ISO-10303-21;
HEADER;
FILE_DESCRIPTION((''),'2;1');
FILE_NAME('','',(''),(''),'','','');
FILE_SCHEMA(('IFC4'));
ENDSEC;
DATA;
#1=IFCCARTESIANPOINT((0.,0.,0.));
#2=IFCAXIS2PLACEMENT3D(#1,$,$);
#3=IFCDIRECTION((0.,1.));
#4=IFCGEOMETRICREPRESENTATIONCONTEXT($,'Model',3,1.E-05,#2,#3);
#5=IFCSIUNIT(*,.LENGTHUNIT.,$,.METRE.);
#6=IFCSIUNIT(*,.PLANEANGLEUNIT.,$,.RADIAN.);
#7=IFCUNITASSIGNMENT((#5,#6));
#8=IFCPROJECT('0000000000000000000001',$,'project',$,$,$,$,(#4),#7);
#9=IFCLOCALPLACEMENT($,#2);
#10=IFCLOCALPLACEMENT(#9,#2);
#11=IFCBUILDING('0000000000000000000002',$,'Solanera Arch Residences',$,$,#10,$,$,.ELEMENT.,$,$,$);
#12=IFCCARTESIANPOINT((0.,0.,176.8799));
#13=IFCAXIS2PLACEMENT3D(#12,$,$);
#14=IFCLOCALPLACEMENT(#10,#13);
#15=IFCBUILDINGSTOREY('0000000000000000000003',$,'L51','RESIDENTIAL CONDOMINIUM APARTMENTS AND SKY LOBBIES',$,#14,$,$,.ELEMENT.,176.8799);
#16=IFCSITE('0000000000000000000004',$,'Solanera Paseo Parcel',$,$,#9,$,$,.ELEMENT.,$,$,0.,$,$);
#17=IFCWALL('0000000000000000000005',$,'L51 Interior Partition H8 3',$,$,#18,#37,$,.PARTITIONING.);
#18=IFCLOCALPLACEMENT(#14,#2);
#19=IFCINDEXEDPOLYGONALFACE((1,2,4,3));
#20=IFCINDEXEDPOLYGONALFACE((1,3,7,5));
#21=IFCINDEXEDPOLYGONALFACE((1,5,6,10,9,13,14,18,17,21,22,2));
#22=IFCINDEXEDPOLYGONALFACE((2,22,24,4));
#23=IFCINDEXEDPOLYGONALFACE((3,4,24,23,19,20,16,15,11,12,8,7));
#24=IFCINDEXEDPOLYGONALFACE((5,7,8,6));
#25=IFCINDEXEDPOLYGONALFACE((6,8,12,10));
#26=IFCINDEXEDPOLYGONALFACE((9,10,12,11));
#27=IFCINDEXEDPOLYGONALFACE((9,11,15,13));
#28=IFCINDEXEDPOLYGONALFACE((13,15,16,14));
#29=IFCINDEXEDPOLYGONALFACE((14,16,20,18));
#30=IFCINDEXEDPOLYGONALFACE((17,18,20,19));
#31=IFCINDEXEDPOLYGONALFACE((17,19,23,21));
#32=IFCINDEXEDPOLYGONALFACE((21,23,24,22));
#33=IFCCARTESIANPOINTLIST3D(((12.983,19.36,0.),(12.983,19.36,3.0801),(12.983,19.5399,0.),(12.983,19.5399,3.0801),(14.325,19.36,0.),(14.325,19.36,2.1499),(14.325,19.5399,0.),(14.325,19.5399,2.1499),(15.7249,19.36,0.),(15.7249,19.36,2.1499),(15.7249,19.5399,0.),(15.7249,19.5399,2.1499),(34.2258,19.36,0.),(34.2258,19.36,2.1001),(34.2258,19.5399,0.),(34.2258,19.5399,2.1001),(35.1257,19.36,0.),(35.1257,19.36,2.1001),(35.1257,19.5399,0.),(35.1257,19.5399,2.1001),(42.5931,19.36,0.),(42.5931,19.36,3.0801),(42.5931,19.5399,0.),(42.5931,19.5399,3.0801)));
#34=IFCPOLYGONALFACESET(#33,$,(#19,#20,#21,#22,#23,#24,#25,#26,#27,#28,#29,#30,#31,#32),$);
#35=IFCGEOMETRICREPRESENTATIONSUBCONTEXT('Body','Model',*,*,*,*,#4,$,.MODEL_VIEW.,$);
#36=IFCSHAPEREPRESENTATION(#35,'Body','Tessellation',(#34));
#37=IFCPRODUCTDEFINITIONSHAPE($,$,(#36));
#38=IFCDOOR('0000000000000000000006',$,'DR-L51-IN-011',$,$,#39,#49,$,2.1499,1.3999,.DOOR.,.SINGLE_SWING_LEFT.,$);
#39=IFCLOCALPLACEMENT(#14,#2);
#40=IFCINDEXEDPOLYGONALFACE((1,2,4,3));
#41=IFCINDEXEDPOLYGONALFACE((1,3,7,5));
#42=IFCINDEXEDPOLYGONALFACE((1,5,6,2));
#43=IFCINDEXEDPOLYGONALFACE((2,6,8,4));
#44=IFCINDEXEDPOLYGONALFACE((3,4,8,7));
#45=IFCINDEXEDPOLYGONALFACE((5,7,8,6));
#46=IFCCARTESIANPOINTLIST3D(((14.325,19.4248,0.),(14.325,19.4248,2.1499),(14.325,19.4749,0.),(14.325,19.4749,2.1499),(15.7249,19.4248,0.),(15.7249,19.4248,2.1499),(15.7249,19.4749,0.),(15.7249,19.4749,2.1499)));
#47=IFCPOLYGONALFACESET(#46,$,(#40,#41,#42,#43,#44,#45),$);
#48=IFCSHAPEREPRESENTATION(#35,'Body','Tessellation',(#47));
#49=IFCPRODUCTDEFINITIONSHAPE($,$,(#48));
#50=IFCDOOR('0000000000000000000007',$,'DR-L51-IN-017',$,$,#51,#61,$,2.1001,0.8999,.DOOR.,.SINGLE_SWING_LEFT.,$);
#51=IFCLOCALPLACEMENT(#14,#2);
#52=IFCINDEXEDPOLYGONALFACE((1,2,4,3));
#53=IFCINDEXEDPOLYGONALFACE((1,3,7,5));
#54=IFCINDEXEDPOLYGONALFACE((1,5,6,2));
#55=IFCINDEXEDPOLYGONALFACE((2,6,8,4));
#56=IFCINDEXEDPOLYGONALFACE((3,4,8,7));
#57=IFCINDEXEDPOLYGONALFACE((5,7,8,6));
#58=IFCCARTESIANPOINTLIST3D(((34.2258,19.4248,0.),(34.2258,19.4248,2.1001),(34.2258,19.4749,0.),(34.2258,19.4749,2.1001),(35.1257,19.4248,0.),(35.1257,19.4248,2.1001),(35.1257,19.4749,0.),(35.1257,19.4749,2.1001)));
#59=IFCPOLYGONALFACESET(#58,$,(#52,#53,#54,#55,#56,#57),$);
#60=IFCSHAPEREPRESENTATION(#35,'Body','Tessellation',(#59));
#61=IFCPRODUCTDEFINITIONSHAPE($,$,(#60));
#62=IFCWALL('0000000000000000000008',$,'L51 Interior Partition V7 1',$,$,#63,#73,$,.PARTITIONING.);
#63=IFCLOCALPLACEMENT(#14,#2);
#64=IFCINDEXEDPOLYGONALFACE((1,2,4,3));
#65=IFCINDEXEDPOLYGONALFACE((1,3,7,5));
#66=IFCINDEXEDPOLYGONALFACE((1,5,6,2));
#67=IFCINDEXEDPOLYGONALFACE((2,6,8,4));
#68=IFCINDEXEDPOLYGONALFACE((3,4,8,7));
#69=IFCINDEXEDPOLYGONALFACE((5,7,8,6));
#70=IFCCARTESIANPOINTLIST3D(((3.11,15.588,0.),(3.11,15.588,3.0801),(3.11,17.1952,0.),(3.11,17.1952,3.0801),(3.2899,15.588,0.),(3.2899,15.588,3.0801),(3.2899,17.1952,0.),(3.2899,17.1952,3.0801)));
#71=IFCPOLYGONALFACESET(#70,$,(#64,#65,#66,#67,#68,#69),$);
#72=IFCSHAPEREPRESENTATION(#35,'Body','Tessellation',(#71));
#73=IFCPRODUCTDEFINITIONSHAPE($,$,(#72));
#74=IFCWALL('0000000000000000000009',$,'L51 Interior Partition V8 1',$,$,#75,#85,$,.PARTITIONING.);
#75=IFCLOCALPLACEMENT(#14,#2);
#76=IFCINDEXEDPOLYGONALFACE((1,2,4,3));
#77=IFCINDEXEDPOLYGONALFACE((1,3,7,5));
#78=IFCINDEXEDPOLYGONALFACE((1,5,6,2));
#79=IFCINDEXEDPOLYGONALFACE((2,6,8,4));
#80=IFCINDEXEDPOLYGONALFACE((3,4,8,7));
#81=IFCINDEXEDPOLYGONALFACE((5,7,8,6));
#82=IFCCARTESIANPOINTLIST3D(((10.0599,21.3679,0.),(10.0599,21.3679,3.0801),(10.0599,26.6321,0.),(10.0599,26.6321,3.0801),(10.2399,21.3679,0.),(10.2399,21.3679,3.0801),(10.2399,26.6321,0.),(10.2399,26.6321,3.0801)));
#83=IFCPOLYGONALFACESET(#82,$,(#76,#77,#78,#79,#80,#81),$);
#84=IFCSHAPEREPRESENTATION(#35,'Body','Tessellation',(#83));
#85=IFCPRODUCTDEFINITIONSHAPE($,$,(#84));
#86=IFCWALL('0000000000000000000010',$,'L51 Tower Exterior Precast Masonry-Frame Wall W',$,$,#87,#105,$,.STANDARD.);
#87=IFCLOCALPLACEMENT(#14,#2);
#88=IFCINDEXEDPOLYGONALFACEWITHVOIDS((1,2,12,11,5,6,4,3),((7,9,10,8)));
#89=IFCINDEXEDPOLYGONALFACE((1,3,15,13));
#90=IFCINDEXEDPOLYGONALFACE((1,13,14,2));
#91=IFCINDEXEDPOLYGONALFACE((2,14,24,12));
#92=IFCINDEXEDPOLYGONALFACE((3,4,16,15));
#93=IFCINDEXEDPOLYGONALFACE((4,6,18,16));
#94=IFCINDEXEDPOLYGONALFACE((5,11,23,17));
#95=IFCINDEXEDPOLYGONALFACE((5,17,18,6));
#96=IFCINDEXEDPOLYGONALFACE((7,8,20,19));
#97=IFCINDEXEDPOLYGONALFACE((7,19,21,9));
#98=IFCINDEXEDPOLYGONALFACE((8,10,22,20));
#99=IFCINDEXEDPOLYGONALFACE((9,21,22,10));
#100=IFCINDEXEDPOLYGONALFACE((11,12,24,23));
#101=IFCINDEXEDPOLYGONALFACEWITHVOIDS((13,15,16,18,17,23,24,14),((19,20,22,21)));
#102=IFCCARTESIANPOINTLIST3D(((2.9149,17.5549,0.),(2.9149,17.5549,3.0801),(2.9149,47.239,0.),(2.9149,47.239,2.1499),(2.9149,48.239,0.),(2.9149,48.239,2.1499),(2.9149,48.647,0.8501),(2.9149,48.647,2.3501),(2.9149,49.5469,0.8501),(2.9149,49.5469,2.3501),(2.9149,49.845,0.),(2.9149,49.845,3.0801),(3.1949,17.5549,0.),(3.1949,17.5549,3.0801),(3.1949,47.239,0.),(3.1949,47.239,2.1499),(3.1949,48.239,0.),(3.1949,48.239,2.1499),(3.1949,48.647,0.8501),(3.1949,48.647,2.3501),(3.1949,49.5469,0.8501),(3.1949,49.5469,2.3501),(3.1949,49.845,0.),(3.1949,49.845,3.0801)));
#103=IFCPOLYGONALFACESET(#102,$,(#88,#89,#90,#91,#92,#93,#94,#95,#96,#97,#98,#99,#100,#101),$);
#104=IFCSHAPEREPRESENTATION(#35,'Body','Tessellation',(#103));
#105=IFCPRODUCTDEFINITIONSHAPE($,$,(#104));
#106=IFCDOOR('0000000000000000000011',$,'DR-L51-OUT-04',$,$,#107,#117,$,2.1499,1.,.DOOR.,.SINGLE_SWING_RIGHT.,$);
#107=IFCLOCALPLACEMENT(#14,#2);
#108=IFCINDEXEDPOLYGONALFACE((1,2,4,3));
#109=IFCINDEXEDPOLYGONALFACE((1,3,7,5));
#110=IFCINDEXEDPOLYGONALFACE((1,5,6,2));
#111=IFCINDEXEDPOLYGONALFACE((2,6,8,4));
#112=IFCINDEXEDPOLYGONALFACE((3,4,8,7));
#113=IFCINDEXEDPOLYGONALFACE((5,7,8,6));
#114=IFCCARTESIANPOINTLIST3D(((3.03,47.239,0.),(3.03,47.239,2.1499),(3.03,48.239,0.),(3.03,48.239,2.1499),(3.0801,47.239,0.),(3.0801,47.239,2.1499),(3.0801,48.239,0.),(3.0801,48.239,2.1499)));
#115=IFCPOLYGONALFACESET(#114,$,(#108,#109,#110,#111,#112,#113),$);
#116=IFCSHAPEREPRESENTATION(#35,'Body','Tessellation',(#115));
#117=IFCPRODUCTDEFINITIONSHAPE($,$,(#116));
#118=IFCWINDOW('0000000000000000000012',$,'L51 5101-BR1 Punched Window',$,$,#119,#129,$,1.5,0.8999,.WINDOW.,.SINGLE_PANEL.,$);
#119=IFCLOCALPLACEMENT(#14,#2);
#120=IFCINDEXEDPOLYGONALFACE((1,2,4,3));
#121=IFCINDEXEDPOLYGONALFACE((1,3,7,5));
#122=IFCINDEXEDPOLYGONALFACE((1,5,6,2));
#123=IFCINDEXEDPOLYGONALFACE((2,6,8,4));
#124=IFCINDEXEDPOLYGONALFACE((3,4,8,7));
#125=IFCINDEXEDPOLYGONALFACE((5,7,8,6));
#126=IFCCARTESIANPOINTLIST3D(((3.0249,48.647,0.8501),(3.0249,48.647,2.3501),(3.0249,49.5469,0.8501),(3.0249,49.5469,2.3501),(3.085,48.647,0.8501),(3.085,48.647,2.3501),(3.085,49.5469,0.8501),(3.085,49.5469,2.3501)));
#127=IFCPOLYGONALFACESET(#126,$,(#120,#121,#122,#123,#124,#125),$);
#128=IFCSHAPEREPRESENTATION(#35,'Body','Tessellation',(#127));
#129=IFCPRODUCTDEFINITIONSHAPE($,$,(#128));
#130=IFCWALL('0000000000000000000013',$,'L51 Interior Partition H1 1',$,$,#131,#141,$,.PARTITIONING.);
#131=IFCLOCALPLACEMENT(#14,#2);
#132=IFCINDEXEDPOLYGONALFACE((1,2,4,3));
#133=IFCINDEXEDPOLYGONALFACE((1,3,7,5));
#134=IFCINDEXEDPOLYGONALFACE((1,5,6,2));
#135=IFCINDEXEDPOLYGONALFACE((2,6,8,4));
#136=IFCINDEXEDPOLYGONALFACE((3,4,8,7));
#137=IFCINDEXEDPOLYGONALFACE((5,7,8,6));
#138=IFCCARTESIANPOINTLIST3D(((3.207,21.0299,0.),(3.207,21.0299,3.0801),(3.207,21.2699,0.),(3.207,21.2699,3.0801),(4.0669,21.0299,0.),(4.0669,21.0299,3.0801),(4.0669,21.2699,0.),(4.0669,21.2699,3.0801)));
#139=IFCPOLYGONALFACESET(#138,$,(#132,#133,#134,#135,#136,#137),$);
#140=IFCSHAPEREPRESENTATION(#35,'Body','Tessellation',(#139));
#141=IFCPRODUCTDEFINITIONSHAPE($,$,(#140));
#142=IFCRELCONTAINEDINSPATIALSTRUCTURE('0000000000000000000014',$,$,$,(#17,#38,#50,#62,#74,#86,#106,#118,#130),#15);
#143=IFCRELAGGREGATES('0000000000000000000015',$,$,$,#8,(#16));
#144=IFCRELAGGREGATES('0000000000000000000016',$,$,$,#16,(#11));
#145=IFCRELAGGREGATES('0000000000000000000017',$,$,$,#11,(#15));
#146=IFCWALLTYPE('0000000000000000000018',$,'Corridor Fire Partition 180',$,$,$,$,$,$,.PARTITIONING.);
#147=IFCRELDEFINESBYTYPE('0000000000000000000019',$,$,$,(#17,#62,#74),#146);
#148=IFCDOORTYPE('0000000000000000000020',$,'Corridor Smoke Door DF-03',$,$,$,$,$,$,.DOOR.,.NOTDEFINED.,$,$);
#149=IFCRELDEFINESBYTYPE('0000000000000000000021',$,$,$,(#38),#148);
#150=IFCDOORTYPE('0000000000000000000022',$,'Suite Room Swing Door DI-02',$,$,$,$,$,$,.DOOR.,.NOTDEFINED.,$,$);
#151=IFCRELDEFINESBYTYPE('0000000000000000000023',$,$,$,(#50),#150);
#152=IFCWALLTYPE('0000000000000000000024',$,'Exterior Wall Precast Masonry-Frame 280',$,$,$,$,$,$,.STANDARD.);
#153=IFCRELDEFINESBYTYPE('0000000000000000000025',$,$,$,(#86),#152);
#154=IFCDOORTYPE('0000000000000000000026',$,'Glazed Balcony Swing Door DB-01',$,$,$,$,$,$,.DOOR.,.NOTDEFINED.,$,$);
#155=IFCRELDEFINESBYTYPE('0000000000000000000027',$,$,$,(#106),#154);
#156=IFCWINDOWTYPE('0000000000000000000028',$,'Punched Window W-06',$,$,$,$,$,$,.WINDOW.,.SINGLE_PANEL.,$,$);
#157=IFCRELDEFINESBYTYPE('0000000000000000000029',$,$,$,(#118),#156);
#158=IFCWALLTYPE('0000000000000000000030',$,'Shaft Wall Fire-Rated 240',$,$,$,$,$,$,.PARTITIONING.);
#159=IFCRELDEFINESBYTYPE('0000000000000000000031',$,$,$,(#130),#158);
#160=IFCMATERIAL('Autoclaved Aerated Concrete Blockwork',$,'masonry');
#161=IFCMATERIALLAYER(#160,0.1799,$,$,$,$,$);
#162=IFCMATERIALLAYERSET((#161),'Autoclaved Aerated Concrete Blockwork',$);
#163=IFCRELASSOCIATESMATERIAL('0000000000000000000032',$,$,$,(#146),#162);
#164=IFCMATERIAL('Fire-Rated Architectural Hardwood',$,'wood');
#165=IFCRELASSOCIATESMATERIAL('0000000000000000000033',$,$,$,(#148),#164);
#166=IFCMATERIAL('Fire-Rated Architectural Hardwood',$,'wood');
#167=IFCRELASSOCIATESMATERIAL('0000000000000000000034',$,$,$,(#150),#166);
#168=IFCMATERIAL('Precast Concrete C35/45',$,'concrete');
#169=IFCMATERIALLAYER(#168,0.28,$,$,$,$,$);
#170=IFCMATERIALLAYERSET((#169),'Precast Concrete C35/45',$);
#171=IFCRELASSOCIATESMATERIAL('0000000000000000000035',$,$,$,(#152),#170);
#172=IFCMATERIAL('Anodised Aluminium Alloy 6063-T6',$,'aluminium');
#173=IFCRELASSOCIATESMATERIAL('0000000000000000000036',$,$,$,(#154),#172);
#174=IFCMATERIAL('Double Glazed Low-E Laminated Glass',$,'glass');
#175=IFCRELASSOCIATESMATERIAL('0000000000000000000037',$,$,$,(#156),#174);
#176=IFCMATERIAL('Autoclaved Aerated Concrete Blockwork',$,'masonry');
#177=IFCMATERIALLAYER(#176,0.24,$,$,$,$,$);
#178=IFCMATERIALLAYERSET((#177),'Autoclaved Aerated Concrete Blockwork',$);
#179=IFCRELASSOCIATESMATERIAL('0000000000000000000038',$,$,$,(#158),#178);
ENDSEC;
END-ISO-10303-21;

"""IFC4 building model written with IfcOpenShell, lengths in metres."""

from ifc_helpers import new_model, si_unit, direction, frame, frame_2d, origin, place, context, subcontext, project, spatial, rectangle, extrude, material, layer, layer_set, type_object, element, fill, save


model = new_model("IFC4")

# Units and contexts
model_context = context("Model", 3, precision=1e-05, world=origin(), true_north=direction((0.0, 1.0)))
body_context = subcontext(model_context, "Body", "Model", "MODEL_VIEW")
ifc_project = project(units=[si_unit("LENGTHUNIT", "METRE"), si_unit("PLANEANGLEUNIT", "RADIAN")], contexts=[model_context])

# Site, building, storey
site_placement = place(None, origin())
site = spatial("IfcSite", under=ifc_project, at=site_placement, Name="Solanera Paseo Parcel", CompositionType="ELEMENT", RefElevation=0.0)
building_placement = place(site_placement, origin())
building = spatial("IfcBuilding", under=site, at=building_placement, Name="Solanera Arch Residences", CompositionType="ELEMENT")
storey_placement = place(building_placement, frame((0.0, 0.0, 176.8799)))
storey = spatial("IfcBuildingStorey", under=building, at=storey_placement, Name="L51", Description="RESIDENTIAL CONDOMINIUM APARTMENTS AND SKY LOBBIES", CompositionType="ELEMENT", Elevation=176.8799)

# Shared definitions
ifc_material_1 = material(Name="Autoclaved Aerated Concrete Blockwork", Category="masonry")
ifc_layer_1 = layer(ifc_material_1, 0.1799)
ifc_layer_set_1 = layer_set([ifc_layer_1], Name="Autoclaved Aerated Concrete Blockwork")
wall_type_1 = type_object("IfcWallType", Name="Corridor Fire Partition 180", PredefinedType="PARTITIONING", material=ifc_layer_set_1)

# Wall, openings, doors
wall_1_placement = place(storey_placement, frame((12.9829, 19.45, 0.0), z_axis=(0.0, 0.0, 1.0), x_axis=(1.0, 0.0, 0.0)))
wall_1 = element("IfcWall", 1, at=wall_1_placement, inside=storey, type_object=wall_type_1, Name="L51 Interior Partition H8 3", PredefinedType="PARTITIONING", context=body_context, shape_type="SweptSolid", body=[
    extrude(rectangle(XDim=29.6101, YDim=0.1799, at=frame_2d((14.8052, 0.0))), origin(), (0.0, 0.0, 1.0), 3.0801),
])
opening_1_placement = place(wall_1_placement, frame((1.342, 0.0, 0.0)))
opening_1 = element("IfcOpeningElement", 2, at=opening_1_placement, cuts=wall_1, PredefinedType="OPENING", context=body_context, shape_type="SweptSolid", body=[
    extrude(rectangle(XDim=1.3999, YDim=2.1499, at=frame_2d((0.7, 1.075))), frame((0.0, 0.1001, 0.0), z_axis=(0.0, -1.0, 0.0), x_axis=(1.0, 0.0, 0.0)), (0.0, 0.0, 1.0), 0.1999),
])
opening_2_placement = place(wall_1_placement, frame((21.2429, 0.0, 0.0)))
opening_2 = element("IfcOpeningElement", 3, at=opening_2_placement, cuts=wall_1, PredefinedType="OPENING", context=body_context, shape_type="SweptSolid", body=[
    extrude(rectangle(XDim=0.8999, YDim=2.1001, at=frame_2d((0.45, 1.05))), frame((0.0, 0.1001, 0.0), z_axis=(0.0, -1.0, 0.0), x_axis=(1.0, 0.0, 0.0)), (0.0, 0.0, 1.0), 0.1999),
])
ifc_material_2 = material(Name="Fire-Rated Architectural Hardwood", Category="wood")
door_type_1 = type_object("IfcDoorType", Name="Corridor Smoke Door DF-03", OperationType="NOTDEFINED", PredefinedType="DOOR", material=ifc_material_2)
door_1_placement = place(opening_1_placement, origin())
door_1 = element("IfcDoor", 4, at=door_1_placement, inside=storey, type_object=door_type_1, Name="DR-L51-IN-011", OperationType="SINGLE_SWING_LEFT", OverallHeight=2.1499, OverallWidth=1.3999, PredefinedType="DOOR", context=body_context, shape_type="SweptSolid", body=[
    extrude(rectangle(XDim=1.3999, YDim=2.1499, at=frame_2d((0.7, 1.075))), frame((0.0, 0.0249, 0.0), z_axis=(0.0, -1.0, 0.0), x_axis=(1.0, 0.0, 0.0)), (0.0, 0.0, 1.0), 0.05),
])
fill(opening_1, door_1)
ifc_material_3 = material(Name="Fire-Rated Architectural Hardwood", Category="wood")
door_type_2 = type_object("IfcDoorType", Name="Suite Room Swing Door DI-02", OperationType="NOTDEFINED", PredefinedType="DOOR", material=ifc_material_3)
door_2_placement = place(opening_2_placement, origin())
door_2 = element("IfcDoor", 5, at=door_2_placement, inside=storey, type_object=door_type_2, Name="DR-L51-IN-017", OperationType="SINGLE_SWING_LEFT", OverallHeight=2.1001, OverallWidth=0.8999, PredefinedType="DOOR", context=body_context, shape_type="SweptSolid", body=[
    extrude(rectangle(XDim=0.8999, YDim=2.1001, at=frame_2d((0.45, 1.05))), frame((0.0, 0.0249, 0.0), z_axis=(0.0, -1.0, 0.0), x_axis=(1.0, 0.0, 0.0)), (0.0, 0.0, 1.0), 0.05),
])
fill(opening_2, door_2)

# Walls
wall_2_placement = place(storey_placement, frame((3.2, 15.5879, 0.0), z_axis=(0.0, 0.0, 1.0), x_axis=(0.0, 1.0, 0.0)))
element("IfcWall", 6, at=wall_2_placement, inside=storey, type_object=wall_type_1, Name="L51 Interior Partition V7 1", PredefinedType="PARTITIONING", context=body_context, shape_type="SweptSolid", body=[
    extrude(rectangle(XDim=1.6072, YDim=0.1799, at=frame_2d((0.8037, 0.0))), origin(), (0.0, 0.0, 1.0), 3.0801),
])
wall_3_placement = place(storey_placement, frame((10.1499, 21.3679, 0.0), z_axis=(0.0, 0.0, 1.0), x_axis=(0.0, 1.0, 0.0)))
element("IfcWall", 7, at=wall_3_placement, inside=storey, type_object=wall_type_1, Name="L51 Interior Partition V8 1", PredefinedType="PARTITIONING", context=body_context, shape_type="SweptSolid", body=[
    extrude(rectangle(XDim=5.2642, YDim=0.1799, at=frame_2d((2.6321, 0.0))), origin(), (0.0, 0.0, 1.0), 3.0801),
])

# Wall, openings, door, window
ifc_material_4 = material(Name="Precast Concrete C35/45", Category="concrete")
ifc_layer_2 = layer(ifc_material_4, 0.28)
ifc_layer_set_2 = layer_set([ifc_layer_2], Name="Precast Concrete C35/45")
wall_type_2 = type_object("IfcWallType", Name="Exterior Wall Precast Masonry-Frame 280", PredefinedType="STANDARD", material=ifc_layer_set_2)
wall_4_placement = place(storey_placement, frame((3.0549, 17.5549, 0.0), z_axis=(0.0, 0.0, 1.0), x_axis=(0.0, 1.0, 0.0)))
wall_4 = element("IfcWall", 8, at=wall_4_placement, inside=storey, type_object=wall_type_2, Name="L51 Tower Exterior Precast Masonry-Frame Wall W", PredefinedType="STANDARD", context=body_context, shape_type="SweptSolid", body=[
    extrude(rectangle(XDim=32.29, YDim=0.28, at=frame_2d((16.145, 0.0))), origin(), (0.0, 0.0, 1.0), 3.0801),
])
opening_3_placement = place(wall_4_placement, frame((29.6841, 0.0, 0.0)))
opening_3 = element("IfcOpeningElement", 9, at=opening_3_placement, cuts=wall_4, PredefinedType="OPENING", context=body_context, shape_type="SweptSolid", body=[
    extrude(rectangle(XDim=1.0, YDim=2.1499, at=frame_2d((0.5, 1.075))), frame((0.0, 0.1499, 0.0), z_axis=(0.0, -1.0, 0.0), x_axis=(1.0, 0.0, 0.0)), (0.0, 0.0, 1.0), 0.3),
])
opening_4_placement = place(wall_4_placement, frame((31.092, 0.0, 0.8501)))
opening_4 = element("IfcOpeningElement", 10, at=opening_4_placement, cuts=wall_4, PredefinedType="OPENING", context=body_context, shape_type="SweptSolid", body=[
    extrude(rectangle(XDim=0.8999, YDim=1.5, at=frame_2d((0.45, 0.75))), frame((0.0, 0.1499, 0.0), z_axis=(0.0, -1.0, 0.0), x_axis=(1.0, 0.0, 0.0)), (0.0, 0.0, 1.0), 0.3),
])
ifc_material_5 = material(Name="Anodised Aluminium Alloy 6063-T6", Category="aluminium")
door_type_3 = type_object("IfcDoorType", Name="Glazed Balcony Swing Door DB-01", OperationType="NOTDEFINED", PredefinedType="DOOR", material=ifc_material_5)
door_3_placement = place(opening_3_placement, origin())
door_3 = element("IfcDoor", 11, at=door_3_placement, inside=storey, type_object=door_type_3, Name="DR-L51-OUT-04", OperationType="SINGLE_SWING_RIGHT", OverallHeight=2.1499, OverallWidth=1.0, PredefinedType="DOOR", context=body_context, shape_type="SweptSolid", body=[
    extrude(rectangle(XDim=1.0, YDim=2.1499, at=frame_2d((0.5, 1.075))), frame((0.0, 0.0249, 0.0), z_axis=(0.0, -1.0, 0.0), x_axis=(1.0, 0.0, 0.0)), (0.0, 0.0, 1.0), 0.05),
])
fill(opening_3, door_3)
ifc_material_6 = material(Name="Double Glazed Low-E Laminated Glass", Category="glass")
window_type = type_object("IfcWindowType", Name="Punched Window W-06", PartitioningType="SINGLE_PANEL", PredefinedType="WINDOW", material=ifc_material_6)
window_placement = place(opening_4_placement, origin())
window = element("IfcWindow", 12, at=window_placement, inside=storey, type_object=window_type, Name="L51 5101-BR1 Punched Window", OverallHeight=1.5, OverallWidth=0.8999, PartitioningType="SINGLE_PANEL", PredefinedType="WINDOW", context=body_context, shape_type="SweptSolid", body=[
    extrude(rectangle(XDim=0.8999, YDim=1.5, at=frame_2d((0.45, 0.75))), frame((0.0, 0.03, 0.0), z_axis=(0.0, -1.0, 0.0), x_axis=(1.0, 0.0, 0.0)), (0.0, 0.0, 1.0), 0.0601),
])
fill(opening_4, window)

# Wall
ifc_material_7 = material(Name="Autoclaved Aerated Concrete Blockwork", Category="masonry")
ifc_layer_3 = layer(ifc_material_7, 0.24)
ifc_layer_set_3 = layer_set([ifc_layer_3], Name="Autoclaved Aerated Concrete Blockwork")
wall_type_3 = type_object("IfcWallType", Name="Shaft Wall Fire-Rated 240", PredefinedType="PARTITIONING", material=ifc_layer_set_3)
wall_5_placement = place(storey_placement, frame((3.207, 21.1499, 0.0), z_axis=(0.0, 0.0, 1.0), x_axis=(1.0, 0.0, 0.0)))
element("IfcWall", 13, at=wall_5_placement, inside=storey, type_object=wall_type_3, Name="L51 Interior Partition H1 1", PredefinedType="PARTITIONING", context=body_context, shape_type="SweptSolid", body=[
    extrude(rectangle(XDim=0.8599, YDim=0.24, at=frame_2d((0.4299, 0.0))), origin(), (0.0, 0.0, 1.0), 3.0801),
])

save(model, "model.ifc")
